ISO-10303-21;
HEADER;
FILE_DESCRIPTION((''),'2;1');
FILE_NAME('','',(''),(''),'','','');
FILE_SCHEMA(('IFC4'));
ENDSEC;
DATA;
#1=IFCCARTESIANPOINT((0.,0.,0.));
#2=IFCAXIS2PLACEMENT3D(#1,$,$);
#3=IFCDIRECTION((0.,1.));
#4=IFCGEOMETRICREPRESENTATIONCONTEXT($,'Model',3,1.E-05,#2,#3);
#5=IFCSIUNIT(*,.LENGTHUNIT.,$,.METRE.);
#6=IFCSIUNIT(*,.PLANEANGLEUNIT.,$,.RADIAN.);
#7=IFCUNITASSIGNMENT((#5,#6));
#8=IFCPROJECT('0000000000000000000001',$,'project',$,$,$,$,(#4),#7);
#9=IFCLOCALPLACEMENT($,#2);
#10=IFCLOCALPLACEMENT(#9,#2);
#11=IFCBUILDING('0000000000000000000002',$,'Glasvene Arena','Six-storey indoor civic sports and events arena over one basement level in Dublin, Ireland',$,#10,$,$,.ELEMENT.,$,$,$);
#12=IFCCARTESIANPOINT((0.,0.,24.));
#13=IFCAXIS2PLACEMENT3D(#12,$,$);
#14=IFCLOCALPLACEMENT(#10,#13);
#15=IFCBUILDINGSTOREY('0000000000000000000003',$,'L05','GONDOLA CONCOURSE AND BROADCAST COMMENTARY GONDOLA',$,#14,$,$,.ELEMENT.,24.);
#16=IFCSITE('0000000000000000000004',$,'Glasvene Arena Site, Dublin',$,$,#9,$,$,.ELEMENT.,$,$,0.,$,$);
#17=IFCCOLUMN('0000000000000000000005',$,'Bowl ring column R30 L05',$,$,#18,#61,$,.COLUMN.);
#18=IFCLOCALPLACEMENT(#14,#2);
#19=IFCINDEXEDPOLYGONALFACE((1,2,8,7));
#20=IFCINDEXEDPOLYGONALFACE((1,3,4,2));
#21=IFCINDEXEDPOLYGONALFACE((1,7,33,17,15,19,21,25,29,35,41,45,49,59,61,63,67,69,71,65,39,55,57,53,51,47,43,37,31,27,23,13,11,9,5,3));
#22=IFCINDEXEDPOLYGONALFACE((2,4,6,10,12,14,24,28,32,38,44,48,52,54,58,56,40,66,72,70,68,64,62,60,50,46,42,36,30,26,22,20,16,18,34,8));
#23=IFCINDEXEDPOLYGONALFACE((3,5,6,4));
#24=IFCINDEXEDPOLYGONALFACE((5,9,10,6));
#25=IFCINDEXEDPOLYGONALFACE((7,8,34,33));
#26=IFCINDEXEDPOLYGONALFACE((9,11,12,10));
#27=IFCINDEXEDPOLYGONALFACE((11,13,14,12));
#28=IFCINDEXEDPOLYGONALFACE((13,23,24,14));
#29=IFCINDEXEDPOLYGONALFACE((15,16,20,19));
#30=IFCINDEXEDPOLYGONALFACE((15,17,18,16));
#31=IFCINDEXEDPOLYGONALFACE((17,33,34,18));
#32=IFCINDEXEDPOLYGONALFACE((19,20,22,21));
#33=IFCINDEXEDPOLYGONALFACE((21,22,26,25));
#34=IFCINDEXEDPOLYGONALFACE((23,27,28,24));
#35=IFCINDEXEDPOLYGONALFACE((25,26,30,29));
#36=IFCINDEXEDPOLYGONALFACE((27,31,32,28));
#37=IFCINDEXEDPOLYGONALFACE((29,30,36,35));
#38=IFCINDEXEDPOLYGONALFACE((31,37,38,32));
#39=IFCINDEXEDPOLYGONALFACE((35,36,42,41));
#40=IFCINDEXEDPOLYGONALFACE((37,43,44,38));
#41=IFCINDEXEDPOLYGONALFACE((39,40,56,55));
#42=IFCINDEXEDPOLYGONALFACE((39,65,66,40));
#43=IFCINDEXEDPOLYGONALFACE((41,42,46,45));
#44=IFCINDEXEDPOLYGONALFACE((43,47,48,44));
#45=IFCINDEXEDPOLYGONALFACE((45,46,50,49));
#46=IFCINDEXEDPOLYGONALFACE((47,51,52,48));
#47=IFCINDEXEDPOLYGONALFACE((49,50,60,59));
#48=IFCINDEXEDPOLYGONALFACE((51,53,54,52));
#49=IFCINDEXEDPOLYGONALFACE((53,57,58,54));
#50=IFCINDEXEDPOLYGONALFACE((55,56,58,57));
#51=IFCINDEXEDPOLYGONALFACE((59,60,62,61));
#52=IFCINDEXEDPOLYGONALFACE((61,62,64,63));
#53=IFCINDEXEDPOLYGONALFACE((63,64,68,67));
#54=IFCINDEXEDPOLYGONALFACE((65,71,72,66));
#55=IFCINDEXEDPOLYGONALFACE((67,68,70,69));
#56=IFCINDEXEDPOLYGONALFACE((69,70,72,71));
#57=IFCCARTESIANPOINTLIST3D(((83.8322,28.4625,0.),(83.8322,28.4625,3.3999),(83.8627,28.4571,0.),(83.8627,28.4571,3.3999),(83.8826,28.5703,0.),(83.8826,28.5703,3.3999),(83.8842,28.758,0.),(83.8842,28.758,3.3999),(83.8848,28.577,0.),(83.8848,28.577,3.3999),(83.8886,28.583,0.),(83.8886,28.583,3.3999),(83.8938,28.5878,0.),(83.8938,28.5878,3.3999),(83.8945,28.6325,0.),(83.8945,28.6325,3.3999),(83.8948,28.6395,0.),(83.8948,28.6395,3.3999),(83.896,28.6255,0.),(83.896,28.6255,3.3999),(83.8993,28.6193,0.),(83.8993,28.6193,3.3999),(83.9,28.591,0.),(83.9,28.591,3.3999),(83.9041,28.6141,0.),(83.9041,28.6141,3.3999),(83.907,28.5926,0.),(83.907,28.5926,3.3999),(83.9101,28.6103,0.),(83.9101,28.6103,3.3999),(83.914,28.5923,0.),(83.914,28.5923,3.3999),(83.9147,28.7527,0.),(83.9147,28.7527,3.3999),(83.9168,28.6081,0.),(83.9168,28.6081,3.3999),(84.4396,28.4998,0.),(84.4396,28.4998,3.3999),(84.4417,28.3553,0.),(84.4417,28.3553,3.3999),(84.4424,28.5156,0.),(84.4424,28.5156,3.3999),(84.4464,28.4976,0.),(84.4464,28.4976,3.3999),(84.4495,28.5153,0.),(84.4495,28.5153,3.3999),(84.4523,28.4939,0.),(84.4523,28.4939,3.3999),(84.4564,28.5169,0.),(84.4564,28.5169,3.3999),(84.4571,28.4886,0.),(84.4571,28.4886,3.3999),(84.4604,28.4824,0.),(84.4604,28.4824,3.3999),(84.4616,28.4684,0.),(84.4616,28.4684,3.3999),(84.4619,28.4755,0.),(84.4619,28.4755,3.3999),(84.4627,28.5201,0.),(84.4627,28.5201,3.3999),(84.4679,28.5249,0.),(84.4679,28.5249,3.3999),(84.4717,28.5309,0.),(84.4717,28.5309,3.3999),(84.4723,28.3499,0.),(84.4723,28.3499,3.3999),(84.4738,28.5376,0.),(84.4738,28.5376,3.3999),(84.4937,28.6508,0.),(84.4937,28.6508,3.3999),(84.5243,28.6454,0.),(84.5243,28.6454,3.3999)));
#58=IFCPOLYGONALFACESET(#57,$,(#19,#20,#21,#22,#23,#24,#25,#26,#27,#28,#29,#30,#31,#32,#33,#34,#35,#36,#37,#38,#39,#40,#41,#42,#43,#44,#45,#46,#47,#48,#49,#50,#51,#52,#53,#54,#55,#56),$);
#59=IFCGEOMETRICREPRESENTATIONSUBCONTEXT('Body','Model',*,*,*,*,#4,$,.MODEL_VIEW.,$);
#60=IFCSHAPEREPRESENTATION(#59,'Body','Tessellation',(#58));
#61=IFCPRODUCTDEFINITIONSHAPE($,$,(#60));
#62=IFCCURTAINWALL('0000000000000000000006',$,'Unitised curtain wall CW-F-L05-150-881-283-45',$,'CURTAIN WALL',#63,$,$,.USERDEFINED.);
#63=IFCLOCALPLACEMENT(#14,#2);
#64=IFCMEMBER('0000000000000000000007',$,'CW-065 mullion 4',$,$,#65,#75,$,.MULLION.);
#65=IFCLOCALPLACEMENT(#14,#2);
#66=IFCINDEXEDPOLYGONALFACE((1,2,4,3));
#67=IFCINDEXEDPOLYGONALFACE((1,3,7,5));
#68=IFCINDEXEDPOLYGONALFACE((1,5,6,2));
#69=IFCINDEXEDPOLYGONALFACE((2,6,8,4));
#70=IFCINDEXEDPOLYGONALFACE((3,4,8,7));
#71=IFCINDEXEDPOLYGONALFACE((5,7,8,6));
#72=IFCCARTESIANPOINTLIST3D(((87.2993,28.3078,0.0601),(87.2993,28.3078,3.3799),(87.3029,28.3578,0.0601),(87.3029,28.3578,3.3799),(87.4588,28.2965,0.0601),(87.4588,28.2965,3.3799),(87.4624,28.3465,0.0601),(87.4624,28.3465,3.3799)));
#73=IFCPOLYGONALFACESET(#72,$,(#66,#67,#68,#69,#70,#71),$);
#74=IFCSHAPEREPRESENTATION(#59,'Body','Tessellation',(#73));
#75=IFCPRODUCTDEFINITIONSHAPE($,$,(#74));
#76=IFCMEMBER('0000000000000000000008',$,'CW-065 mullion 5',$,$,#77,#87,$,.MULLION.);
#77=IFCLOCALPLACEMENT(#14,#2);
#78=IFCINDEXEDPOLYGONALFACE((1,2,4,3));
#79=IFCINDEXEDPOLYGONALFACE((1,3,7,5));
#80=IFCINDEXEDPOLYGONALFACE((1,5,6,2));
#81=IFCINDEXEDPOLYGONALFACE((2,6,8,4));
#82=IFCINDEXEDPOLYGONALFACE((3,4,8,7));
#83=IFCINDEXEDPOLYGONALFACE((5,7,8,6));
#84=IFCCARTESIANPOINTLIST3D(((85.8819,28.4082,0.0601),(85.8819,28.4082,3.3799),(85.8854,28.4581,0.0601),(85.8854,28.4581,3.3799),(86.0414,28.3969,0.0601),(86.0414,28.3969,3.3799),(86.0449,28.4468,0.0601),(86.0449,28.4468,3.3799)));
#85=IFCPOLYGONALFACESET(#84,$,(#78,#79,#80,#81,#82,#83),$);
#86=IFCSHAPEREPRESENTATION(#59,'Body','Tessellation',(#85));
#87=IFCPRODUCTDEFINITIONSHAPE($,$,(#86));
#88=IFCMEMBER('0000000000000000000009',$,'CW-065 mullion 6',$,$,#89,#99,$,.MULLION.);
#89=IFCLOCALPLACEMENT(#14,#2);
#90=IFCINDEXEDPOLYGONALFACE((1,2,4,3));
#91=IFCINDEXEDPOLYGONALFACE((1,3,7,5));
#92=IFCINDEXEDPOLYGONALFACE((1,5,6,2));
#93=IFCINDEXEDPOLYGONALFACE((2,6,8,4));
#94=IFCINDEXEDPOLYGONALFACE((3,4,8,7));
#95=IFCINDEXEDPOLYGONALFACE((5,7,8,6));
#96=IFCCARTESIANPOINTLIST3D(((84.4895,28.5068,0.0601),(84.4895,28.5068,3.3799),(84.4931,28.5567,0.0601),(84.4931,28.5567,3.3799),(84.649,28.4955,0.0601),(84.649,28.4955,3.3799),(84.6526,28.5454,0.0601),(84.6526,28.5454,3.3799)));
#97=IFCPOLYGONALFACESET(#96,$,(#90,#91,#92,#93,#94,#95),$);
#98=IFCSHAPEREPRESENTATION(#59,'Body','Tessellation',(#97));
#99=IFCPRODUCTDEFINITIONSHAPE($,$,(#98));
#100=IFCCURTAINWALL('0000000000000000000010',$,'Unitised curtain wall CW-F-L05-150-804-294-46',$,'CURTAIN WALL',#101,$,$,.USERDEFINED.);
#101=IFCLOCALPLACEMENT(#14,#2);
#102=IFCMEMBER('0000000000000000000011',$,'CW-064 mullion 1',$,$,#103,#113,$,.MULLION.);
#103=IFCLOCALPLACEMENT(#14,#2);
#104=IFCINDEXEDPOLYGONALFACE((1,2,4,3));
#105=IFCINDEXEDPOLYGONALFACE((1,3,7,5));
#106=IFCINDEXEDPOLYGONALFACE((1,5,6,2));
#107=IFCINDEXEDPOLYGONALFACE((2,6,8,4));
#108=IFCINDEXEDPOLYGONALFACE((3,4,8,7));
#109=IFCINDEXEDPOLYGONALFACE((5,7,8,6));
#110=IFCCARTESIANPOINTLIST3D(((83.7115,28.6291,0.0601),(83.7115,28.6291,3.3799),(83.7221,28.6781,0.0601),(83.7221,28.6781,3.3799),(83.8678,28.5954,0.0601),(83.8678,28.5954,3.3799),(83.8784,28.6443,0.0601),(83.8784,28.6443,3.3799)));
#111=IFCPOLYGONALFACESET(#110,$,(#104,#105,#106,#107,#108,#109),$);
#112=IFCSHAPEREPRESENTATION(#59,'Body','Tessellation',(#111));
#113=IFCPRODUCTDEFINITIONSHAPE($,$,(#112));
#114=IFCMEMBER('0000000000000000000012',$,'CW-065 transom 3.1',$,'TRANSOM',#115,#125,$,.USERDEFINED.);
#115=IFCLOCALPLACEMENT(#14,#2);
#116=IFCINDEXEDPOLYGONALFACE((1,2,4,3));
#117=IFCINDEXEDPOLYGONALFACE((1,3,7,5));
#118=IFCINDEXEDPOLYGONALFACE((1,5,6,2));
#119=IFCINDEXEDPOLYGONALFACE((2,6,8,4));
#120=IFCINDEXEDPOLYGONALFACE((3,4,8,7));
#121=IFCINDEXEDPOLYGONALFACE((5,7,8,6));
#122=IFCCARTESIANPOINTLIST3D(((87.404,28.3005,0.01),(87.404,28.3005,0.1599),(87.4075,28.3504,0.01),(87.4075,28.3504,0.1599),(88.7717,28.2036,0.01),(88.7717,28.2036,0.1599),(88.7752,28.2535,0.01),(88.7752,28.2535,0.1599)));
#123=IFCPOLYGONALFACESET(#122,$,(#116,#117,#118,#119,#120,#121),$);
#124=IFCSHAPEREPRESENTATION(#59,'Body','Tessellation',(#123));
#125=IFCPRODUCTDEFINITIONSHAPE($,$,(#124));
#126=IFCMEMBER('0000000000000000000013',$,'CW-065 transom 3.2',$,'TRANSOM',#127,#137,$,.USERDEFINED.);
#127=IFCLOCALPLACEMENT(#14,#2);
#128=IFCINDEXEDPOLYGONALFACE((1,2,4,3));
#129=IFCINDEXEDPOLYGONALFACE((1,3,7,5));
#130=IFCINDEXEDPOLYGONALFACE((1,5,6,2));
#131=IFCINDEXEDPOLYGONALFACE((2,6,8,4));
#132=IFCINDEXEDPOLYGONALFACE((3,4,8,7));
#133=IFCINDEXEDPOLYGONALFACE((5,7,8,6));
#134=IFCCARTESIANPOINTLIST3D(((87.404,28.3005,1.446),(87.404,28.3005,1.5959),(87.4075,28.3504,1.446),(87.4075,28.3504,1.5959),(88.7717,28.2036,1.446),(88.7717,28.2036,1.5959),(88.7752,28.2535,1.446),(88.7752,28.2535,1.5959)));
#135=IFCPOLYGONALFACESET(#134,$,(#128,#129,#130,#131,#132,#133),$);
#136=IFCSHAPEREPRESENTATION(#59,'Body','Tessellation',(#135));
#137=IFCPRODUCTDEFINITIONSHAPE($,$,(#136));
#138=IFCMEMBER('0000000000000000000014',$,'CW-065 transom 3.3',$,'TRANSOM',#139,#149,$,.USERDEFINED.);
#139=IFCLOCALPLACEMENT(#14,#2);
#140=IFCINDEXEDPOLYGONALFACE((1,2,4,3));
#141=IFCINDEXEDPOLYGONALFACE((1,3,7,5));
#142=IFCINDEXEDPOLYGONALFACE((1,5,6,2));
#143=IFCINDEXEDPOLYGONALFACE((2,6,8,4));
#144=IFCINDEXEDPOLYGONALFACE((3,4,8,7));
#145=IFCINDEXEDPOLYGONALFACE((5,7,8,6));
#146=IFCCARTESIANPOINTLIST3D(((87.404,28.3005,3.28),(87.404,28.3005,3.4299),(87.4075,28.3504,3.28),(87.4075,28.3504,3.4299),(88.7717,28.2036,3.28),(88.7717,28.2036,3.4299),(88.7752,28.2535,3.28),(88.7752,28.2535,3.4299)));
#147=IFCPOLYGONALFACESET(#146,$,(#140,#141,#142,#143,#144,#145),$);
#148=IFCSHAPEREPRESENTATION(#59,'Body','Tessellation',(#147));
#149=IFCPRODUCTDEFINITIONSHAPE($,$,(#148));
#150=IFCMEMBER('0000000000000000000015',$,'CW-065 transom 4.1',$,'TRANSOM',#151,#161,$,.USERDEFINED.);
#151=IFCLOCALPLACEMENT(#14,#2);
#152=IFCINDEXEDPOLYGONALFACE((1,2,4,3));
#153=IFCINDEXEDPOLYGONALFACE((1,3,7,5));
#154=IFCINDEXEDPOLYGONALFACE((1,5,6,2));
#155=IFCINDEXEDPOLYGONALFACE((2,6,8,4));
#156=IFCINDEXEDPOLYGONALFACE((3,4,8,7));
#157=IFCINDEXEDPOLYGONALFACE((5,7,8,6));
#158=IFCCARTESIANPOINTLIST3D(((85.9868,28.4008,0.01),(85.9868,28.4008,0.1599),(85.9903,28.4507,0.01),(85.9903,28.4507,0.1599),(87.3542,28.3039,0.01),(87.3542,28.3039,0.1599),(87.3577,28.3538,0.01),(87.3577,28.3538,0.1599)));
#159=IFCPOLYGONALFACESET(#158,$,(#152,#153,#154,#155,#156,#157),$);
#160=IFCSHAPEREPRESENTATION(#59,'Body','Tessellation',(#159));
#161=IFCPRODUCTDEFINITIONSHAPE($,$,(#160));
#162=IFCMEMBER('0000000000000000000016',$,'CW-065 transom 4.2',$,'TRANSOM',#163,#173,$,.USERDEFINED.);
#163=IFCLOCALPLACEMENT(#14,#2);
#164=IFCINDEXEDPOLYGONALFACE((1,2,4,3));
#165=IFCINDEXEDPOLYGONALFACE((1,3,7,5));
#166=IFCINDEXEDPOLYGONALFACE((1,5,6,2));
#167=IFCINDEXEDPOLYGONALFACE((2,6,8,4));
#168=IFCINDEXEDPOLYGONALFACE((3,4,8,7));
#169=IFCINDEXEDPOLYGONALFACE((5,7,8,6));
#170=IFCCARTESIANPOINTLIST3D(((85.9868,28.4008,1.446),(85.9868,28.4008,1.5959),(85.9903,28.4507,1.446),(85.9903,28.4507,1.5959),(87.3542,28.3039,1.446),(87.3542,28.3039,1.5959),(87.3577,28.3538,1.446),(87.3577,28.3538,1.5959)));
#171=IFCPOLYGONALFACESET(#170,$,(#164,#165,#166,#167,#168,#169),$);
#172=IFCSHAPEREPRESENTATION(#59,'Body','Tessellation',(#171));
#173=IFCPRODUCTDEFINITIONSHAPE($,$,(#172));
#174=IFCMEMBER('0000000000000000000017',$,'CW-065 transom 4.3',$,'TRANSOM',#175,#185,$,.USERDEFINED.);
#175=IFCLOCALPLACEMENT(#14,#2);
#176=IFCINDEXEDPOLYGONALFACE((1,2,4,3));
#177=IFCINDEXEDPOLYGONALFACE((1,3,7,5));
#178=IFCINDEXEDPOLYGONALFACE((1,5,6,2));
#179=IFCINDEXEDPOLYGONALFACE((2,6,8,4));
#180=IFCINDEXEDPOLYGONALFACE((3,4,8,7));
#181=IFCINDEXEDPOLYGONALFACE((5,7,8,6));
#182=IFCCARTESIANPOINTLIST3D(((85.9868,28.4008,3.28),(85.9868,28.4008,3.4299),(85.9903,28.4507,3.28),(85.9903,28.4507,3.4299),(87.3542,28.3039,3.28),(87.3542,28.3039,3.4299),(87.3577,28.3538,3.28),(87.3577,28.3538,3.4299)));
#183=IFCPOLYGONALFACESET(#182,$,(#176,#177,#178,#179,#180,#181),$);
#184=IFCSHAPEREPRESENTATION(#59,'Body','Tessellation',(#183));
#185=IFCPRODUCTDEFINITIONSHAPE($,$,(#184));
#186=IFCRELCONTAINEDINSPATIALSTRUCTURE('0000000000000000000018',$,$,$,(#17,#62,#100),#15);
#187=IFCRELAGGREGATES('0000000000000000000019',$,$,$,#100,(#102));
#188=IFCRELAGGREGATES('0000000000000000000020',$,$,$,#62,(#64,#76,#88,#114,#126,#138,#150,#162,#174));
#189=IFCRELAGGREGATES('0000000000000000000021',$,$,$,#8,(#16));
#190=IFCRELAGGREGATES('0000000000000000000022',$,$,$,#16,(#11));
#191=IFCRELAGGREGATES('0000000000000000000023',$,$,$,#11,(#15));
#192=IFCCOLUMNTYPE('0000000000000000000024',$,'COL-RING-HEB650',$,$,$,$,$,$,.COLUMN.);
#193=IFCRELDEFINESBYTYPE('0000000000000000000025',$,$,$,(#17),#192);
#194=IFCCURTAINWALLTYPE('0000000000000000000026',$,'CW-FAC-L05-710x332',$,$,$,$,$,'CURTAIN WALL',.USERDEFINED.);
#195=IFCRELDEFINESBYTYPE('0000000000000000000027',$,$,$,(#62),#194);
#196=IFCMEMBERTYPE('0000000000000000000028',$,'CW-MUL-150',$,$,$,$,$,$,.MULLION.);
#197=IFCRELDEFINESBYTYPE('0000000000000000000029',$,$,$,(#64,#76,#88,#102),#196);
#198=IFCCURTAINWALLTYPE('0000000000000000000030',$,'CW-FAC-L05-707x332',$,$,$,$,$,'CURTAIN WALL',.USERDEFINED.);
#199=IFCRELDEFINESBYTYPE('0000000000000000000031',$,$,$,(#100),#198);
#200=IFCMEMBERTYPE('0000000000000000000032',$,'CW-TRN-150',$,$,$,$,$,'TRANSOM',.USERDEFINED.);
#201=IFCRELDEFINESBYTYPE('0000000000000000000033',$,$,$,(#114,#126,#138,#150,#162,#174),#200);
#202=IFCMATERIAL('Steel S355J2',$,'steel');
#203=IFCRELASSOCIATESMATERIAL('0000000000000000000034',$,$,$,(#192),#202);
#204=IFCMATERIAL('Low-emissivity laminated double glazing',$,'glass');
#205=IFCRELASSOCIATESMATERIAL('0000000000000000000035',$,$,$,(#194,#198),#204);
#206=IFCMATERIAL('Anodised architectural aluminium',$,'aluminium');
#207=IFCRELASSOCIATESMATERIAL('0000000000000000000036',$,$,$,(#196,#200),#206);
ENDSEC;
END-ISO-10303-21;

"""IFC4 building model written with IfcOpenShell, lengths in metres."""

from ifc_helpers import new_model, si_unit, direction, frame, origin, origin_2d, place, context, subcontext, project, spatial, rectangle, i_section, extrude, material, material_profile, profile_set, type_object, element, aggregate, save


model = new_model("IFC4")

# Units and contexts
model_context = context("Model", 3, precision=1e-05, world=origin(), true_north=direction((0.0, 1.0)))
body_context = subcontext(model_context, "Body", "Model", "MODEL_VIEW")
ifc_project = project(units=[si_unit("LENGTHUNIT", "METRE"), si_unit("PLANEANGLEUNIT", "RADIAN")], contexts=[model_context])

# Site, building, storey
site_placement = place(None, origin())
site = spatial("IfcSite", under=ifc_project, at=site_placement, Name="Glasvene Arena Site, Dublin", CompositionType="ELEMENT", RefElevation=0.0)
building_placement = place(site_placement, origin())
building = spatial("IfcBuilding", under=site, at=building_placement, Name="Glasvene Arena", Description="Six-storey indoor civic sports and events arena over one basement level in Dublin, Ireland", CompositionType="ELEMENT")
storey_placement = place(building_placement, frame((0.0, 0.0, 24.0)))
storey = spatial("IfcBuildingStorey", under=building, at=storey_placement, Name="L05", Description="GONDOLA CONCOURSE AND BROADCAST COMMENTARY GONDOLA", CompositionType="ELEMENT", Elevation=24.0)

# Column
ifc_material_1 = material(Name="Steel S355J2", Category="steel")
ifc_material_profile_1 = material_profile(ifc_material_1, i_section(OverallWidth=0.3, OverallDepth=0.6499, WebThickness=0.0161, FlangeThickness=0.031, FilletRadius=0.0271, at=origin_2d()), Name="HEB 650")
ifc_profile_set_1 = profile_set([ifc_material_profile_1], Name="Steel S355J2")
column_type = type_object("IfcColumnType", Name="COL-RING-HEB650", PredefinedType="COLUMN", material=ifc_profile_set_1)
column_placement = place(storey_placement, frame((84.1782, 28.554, 0.0), z_axis=(0.0, 0.0, 1.0), x_axis=(-0.173304, -0.984868, 0.0)))
element("IfcColumn", 1, at=column_placement, inside=storey, type_object=column_type, Name="Bowl ring column R30 L05", PredefinedType="COLUMN", context=body_context, shape_type="SweptSolid", body=[
    extrude(i_section(OverallWidth=0.3, OverallDepth=0.6499, WebThickness=0.0161, FlangeThickness=0.031, FilletRadius=0.0271, at=origin_2d()), origin(), (0.0, 0.0, 1.0), 3.3999),
])

# Curtain wall, members
ifc_material_2 = material(Name="Low-emissivity laminated double glazing", Category="glass")
curtain_wall_type_1 = type_object("IfcCurtainWallType", Name="CW-FAC-L05-710x332", ElementType="CURTAIN WALL", PredefinedType="USERDEFINED", material=ifc_material_2)
curtain_wall_1_placement = place(storey_placement, frame((91.6331, 28.0259, 0.0)))
curtain_wall_1 = element("IfcCurtainWall", 2, at=curtain_wall_1_placement, inside=storey, type_object=curtain_wall_type_1, Name="Unitised curtain wall CW-F-L05-150-881-283-45", ObjectType="CURTAIN WALL", PredefinedType="USERDEFINED")
ifc_material_3 = material(Name="Anodised architectural aluminium", Category="aluminium")
ifc_material_profile_2 = material_profile(ifc_material_3, rectangle(XDim=0.05, YDim=0.1599, at=origin_2d()), Name="ALU MULLION 50x160")
ifc_profile_set_2 = profile_set([ifc_material_profile_2], Name="Anodised architectural aluminium")
member_type_1 = type_object("IfcMemberType", Name="CW-MUL-150", PredefinedType="MULLION", material=ifc_profile_set_2)
member_1_placement = place(storey_placement, frame((87.3809, 28.3271, 0.0601), z_axis=(0.0, 0.0, 1.0), x_axis=(-0.070657, -0.997501, 0.0)))
member_1 = element("IfcMember", 3, at=member_1_placement, type_object=member_type_1, Name="CW-065 mullion 4", PredefinedType="MULLION", context=body_context, shape_type="SweptSolid", body=[
    extrude(rectangle(XDim=0.05, YDim=0.1599, at=origin_2d()), origin(), (0.0, 0.0, 1.0), 3.3198),
])
member_2_placement = place(storey_placement, frame((85.9634, 28.4275, 0.0601), z_axis=(0.0, 0.0, 1.0), x_axis=(-0.070657, -0.997501, 0.0)))
member_2 = element("IfcMember", 4, at=member_2_placement, type_object=member_type_1, Name="CW-065 mullion 5", PredefinedType="MULLION", context=body_context, shape_type="SweptSolid", body=[
    extrude(rectangle(XDim=0.05, YDim=0.1599, at=origin_2d()), origin(), (0.0, 0.0, 1.0), 3.3198),
])
member_3_placement = place(storey_placement, frame((84.571, 28.5261, 0.0601), z_axis=(0.0, 0.0, 1.0), x_axis=(-0.070657, -0.997501, 0.0)))
member_3 = element("IfcMember", 5, at=member_3_placement, type_object=member_type_1, Name="CW-065 mullion 6", PredefinedType="MULLION", context=body_context, shape_type="SweptSolid", body=[
    extrude(rectangle(XDim=0.05, YDim=0.1599, at=origin_2d()), origin(), (0.0, 0.0, 1.0), 3.3198),
])

# Curtain wall, member
curtain_wall_type_2 = type_object("IfcCurtainWallType", Name="CW-FAC-L05-707x332", ElementType="CURTAIN WALL", PredefinedType="USERDEFINED", material=ifc_material_2)
curtain_wall_2_placement = place(storey_placement, frame((83.8193, 28.6316, 0.0)))
curtain_wall_2 = element("IfcCurtainWall", 6, at=curtain_wall_2_placement, inside=storey, type_object=curtain_wall_type_2, Name="Unitised curtain wall CW-F-L05-150-804-294-46", ObjectType="CURTAIN WALL", PredefinedType="USERDEFINED")
member_4_placement = place(storey_placement, frame((83.7949, 28.6367, 0.0601), z_axis=(0.0, 0.0, 1.0), x_axis=(-0.211221, -0.977438, 0.0)))
member_4 = element("IfcMember", 7, at=member_4_placement, type_object=member_type_1, Name="CW-064 mullion 1", PredefinedType="MULLION", context=body_context, shape_type="SweptSolid", body=[
    extrude(rectangle(XDim=0.05, YDim=0.1599, at=origin_2d()), origin(), (0.0, 0.0, 1.0), 3.3198),
])

# Members
ifc_material_profile_3 = material_profile(ifc_material_3, rectangle(XDim=0.05, YDim=0.1499, at=origin_2d()), Name="ALU TRANSOM 50x150")
ifc_profile_set_3 = profile_set([ifc_material_profile_3], Name="Anodised architectural aluminium")
member_type_2 = type_object("IfcMemberType", Name="CW-TRN-150", ElementType="TRANSOM", PredefinedType="USERDEFINED", material=ifc_profile_set_3)
member_5_placement = place(storey_placement, frame((88.7734, 28.2285, 0.085), z_axis=(-0.997498, 0.07069, 0.0), x_axis=(-0.07069, -0.997498, 0.0)))
member_5 = element("IfcMember", 8, at=member_5_placement, type_object=member_type_2, Name="CW-065 transom 3.1", ObjectType="TRANSOM", PredefinedType="USERDEFINED", context=body_context, shape_type="SweptSolid", body=[
    extrude(rectangle(XDim=0.05, YDim=0.1499, at=origin_2d()), origin(), (0.0, 0.0, 1.0), 1.3711),
])
member_6_placement = place(storey_placement, frame((88.7734, 28.2285, 1.521), z_axis=(-0.997498, 0.07069, 0.0), x_axis=(-0.07069, -0.997498, 0.0)))
member_6 = element("IfcMember", 9, at=member_6_placement, type_object=member_type_2, Name="CW-065 transom 3.2", ObjectType="TRANSOM", PredefinedType="USERDEFINED", context=body_context, shape_type="SweptSolid", body=[
    extrude(rectangle(XDim=0.05, YDim=0.1499, at=origin_2d()), origin(), (0.0, 0.0, 1.0), 1.3711),
])
member_7_placement = place(storey_placement, frame((88.7734, 28.2285, 3.355), z_axis=(-0.997498, 0.07069, 0.0), x_axis=(-0.07069, -0.997498, 0.0)))
member_7 = element("IfcMember", 10, at=member_7_placement, type_object=member_type_2, Name="CW-065 transom 3.3", ObjectType="TRANSOM", PredefinedType="USERDEFINED", context=body_context, shape_type="SweptSolid", body=[
    extrude(rectangle(XDim=0.05, YDim=0.1499, at=origin_2d()), origin(), (0.0, 0.0, 1.0), 1.3711),
])
member_8_placement = place(storey_placement, frame((87.356, 28.3289, 0.085), z_axis=(-0.997497, 0.070703, 0.0), x_axis=(-0.070703, -0.997497, 0.0)))
member_8 = element("IfcMember", 11, at=member_8_placement, type_object=member_type_2, Name="CW-065 transom 4.1", ObjectType="TRANSOM", PredefinedType="USERDEFINED", context=body_context, shape_type="SweptSolid", body=[
    extrude(rectangle(XDim=0.05, YDim=0.1499, at=origin_2d()), origin(), (0.0, 0.0, 1.0), 1.3708),
])
member_9_placement = place(storey_placement, frame((87.356, 28.3289, 1.521), z_axis=(-0.997497, 0.070703, 0.0), x_axis=(-0.070703, -0.997497, 0.0)))
member_9 = element("IfcMember", 12, at=member_9_placement, type_object=member_type_2, Name="CW-065 transom 4.2", ObjectType="TRANSOM", PredefinedType="USERDEFINED", context=body_context, shape_type="SweptSolid", body=[
    extrude(rectangle(XDim=0.05, YDim=0.1499, at=origin_2d()), origin(), (0.0, 0.0, 1.0), 1.3708),
])
member_10_placement = place(storey_placement, frame((87.356, 28.3289, 3.355), z_axis=(-0.997497, 0.070703, 0.0), x_axis=(-0.070703, -0.997497, 0.0)))
member_10 = element("IfcMember", 13, at=member_10_placement, type_object=member_type_2, Name="CW-065 transom 4.3", ObjectType="TRANSOM", PredefinedType="USERDEFINED", context=body_context, shape_type="SweptSolid", body=[
    extrude(rectangle(XDim=0.05, YDim=0.1499, at=origin_2d()), origin(), (0.0, 0.0, 1.0), 1.3708),
])
aggregate(curtain_wall_2, [member_4])

aggregate(curtain_wall_1, [member_1, member_2, member_3, member_5, member_6, member_7, member_8, member_9, member_10])

save(model, "model.ifc")
